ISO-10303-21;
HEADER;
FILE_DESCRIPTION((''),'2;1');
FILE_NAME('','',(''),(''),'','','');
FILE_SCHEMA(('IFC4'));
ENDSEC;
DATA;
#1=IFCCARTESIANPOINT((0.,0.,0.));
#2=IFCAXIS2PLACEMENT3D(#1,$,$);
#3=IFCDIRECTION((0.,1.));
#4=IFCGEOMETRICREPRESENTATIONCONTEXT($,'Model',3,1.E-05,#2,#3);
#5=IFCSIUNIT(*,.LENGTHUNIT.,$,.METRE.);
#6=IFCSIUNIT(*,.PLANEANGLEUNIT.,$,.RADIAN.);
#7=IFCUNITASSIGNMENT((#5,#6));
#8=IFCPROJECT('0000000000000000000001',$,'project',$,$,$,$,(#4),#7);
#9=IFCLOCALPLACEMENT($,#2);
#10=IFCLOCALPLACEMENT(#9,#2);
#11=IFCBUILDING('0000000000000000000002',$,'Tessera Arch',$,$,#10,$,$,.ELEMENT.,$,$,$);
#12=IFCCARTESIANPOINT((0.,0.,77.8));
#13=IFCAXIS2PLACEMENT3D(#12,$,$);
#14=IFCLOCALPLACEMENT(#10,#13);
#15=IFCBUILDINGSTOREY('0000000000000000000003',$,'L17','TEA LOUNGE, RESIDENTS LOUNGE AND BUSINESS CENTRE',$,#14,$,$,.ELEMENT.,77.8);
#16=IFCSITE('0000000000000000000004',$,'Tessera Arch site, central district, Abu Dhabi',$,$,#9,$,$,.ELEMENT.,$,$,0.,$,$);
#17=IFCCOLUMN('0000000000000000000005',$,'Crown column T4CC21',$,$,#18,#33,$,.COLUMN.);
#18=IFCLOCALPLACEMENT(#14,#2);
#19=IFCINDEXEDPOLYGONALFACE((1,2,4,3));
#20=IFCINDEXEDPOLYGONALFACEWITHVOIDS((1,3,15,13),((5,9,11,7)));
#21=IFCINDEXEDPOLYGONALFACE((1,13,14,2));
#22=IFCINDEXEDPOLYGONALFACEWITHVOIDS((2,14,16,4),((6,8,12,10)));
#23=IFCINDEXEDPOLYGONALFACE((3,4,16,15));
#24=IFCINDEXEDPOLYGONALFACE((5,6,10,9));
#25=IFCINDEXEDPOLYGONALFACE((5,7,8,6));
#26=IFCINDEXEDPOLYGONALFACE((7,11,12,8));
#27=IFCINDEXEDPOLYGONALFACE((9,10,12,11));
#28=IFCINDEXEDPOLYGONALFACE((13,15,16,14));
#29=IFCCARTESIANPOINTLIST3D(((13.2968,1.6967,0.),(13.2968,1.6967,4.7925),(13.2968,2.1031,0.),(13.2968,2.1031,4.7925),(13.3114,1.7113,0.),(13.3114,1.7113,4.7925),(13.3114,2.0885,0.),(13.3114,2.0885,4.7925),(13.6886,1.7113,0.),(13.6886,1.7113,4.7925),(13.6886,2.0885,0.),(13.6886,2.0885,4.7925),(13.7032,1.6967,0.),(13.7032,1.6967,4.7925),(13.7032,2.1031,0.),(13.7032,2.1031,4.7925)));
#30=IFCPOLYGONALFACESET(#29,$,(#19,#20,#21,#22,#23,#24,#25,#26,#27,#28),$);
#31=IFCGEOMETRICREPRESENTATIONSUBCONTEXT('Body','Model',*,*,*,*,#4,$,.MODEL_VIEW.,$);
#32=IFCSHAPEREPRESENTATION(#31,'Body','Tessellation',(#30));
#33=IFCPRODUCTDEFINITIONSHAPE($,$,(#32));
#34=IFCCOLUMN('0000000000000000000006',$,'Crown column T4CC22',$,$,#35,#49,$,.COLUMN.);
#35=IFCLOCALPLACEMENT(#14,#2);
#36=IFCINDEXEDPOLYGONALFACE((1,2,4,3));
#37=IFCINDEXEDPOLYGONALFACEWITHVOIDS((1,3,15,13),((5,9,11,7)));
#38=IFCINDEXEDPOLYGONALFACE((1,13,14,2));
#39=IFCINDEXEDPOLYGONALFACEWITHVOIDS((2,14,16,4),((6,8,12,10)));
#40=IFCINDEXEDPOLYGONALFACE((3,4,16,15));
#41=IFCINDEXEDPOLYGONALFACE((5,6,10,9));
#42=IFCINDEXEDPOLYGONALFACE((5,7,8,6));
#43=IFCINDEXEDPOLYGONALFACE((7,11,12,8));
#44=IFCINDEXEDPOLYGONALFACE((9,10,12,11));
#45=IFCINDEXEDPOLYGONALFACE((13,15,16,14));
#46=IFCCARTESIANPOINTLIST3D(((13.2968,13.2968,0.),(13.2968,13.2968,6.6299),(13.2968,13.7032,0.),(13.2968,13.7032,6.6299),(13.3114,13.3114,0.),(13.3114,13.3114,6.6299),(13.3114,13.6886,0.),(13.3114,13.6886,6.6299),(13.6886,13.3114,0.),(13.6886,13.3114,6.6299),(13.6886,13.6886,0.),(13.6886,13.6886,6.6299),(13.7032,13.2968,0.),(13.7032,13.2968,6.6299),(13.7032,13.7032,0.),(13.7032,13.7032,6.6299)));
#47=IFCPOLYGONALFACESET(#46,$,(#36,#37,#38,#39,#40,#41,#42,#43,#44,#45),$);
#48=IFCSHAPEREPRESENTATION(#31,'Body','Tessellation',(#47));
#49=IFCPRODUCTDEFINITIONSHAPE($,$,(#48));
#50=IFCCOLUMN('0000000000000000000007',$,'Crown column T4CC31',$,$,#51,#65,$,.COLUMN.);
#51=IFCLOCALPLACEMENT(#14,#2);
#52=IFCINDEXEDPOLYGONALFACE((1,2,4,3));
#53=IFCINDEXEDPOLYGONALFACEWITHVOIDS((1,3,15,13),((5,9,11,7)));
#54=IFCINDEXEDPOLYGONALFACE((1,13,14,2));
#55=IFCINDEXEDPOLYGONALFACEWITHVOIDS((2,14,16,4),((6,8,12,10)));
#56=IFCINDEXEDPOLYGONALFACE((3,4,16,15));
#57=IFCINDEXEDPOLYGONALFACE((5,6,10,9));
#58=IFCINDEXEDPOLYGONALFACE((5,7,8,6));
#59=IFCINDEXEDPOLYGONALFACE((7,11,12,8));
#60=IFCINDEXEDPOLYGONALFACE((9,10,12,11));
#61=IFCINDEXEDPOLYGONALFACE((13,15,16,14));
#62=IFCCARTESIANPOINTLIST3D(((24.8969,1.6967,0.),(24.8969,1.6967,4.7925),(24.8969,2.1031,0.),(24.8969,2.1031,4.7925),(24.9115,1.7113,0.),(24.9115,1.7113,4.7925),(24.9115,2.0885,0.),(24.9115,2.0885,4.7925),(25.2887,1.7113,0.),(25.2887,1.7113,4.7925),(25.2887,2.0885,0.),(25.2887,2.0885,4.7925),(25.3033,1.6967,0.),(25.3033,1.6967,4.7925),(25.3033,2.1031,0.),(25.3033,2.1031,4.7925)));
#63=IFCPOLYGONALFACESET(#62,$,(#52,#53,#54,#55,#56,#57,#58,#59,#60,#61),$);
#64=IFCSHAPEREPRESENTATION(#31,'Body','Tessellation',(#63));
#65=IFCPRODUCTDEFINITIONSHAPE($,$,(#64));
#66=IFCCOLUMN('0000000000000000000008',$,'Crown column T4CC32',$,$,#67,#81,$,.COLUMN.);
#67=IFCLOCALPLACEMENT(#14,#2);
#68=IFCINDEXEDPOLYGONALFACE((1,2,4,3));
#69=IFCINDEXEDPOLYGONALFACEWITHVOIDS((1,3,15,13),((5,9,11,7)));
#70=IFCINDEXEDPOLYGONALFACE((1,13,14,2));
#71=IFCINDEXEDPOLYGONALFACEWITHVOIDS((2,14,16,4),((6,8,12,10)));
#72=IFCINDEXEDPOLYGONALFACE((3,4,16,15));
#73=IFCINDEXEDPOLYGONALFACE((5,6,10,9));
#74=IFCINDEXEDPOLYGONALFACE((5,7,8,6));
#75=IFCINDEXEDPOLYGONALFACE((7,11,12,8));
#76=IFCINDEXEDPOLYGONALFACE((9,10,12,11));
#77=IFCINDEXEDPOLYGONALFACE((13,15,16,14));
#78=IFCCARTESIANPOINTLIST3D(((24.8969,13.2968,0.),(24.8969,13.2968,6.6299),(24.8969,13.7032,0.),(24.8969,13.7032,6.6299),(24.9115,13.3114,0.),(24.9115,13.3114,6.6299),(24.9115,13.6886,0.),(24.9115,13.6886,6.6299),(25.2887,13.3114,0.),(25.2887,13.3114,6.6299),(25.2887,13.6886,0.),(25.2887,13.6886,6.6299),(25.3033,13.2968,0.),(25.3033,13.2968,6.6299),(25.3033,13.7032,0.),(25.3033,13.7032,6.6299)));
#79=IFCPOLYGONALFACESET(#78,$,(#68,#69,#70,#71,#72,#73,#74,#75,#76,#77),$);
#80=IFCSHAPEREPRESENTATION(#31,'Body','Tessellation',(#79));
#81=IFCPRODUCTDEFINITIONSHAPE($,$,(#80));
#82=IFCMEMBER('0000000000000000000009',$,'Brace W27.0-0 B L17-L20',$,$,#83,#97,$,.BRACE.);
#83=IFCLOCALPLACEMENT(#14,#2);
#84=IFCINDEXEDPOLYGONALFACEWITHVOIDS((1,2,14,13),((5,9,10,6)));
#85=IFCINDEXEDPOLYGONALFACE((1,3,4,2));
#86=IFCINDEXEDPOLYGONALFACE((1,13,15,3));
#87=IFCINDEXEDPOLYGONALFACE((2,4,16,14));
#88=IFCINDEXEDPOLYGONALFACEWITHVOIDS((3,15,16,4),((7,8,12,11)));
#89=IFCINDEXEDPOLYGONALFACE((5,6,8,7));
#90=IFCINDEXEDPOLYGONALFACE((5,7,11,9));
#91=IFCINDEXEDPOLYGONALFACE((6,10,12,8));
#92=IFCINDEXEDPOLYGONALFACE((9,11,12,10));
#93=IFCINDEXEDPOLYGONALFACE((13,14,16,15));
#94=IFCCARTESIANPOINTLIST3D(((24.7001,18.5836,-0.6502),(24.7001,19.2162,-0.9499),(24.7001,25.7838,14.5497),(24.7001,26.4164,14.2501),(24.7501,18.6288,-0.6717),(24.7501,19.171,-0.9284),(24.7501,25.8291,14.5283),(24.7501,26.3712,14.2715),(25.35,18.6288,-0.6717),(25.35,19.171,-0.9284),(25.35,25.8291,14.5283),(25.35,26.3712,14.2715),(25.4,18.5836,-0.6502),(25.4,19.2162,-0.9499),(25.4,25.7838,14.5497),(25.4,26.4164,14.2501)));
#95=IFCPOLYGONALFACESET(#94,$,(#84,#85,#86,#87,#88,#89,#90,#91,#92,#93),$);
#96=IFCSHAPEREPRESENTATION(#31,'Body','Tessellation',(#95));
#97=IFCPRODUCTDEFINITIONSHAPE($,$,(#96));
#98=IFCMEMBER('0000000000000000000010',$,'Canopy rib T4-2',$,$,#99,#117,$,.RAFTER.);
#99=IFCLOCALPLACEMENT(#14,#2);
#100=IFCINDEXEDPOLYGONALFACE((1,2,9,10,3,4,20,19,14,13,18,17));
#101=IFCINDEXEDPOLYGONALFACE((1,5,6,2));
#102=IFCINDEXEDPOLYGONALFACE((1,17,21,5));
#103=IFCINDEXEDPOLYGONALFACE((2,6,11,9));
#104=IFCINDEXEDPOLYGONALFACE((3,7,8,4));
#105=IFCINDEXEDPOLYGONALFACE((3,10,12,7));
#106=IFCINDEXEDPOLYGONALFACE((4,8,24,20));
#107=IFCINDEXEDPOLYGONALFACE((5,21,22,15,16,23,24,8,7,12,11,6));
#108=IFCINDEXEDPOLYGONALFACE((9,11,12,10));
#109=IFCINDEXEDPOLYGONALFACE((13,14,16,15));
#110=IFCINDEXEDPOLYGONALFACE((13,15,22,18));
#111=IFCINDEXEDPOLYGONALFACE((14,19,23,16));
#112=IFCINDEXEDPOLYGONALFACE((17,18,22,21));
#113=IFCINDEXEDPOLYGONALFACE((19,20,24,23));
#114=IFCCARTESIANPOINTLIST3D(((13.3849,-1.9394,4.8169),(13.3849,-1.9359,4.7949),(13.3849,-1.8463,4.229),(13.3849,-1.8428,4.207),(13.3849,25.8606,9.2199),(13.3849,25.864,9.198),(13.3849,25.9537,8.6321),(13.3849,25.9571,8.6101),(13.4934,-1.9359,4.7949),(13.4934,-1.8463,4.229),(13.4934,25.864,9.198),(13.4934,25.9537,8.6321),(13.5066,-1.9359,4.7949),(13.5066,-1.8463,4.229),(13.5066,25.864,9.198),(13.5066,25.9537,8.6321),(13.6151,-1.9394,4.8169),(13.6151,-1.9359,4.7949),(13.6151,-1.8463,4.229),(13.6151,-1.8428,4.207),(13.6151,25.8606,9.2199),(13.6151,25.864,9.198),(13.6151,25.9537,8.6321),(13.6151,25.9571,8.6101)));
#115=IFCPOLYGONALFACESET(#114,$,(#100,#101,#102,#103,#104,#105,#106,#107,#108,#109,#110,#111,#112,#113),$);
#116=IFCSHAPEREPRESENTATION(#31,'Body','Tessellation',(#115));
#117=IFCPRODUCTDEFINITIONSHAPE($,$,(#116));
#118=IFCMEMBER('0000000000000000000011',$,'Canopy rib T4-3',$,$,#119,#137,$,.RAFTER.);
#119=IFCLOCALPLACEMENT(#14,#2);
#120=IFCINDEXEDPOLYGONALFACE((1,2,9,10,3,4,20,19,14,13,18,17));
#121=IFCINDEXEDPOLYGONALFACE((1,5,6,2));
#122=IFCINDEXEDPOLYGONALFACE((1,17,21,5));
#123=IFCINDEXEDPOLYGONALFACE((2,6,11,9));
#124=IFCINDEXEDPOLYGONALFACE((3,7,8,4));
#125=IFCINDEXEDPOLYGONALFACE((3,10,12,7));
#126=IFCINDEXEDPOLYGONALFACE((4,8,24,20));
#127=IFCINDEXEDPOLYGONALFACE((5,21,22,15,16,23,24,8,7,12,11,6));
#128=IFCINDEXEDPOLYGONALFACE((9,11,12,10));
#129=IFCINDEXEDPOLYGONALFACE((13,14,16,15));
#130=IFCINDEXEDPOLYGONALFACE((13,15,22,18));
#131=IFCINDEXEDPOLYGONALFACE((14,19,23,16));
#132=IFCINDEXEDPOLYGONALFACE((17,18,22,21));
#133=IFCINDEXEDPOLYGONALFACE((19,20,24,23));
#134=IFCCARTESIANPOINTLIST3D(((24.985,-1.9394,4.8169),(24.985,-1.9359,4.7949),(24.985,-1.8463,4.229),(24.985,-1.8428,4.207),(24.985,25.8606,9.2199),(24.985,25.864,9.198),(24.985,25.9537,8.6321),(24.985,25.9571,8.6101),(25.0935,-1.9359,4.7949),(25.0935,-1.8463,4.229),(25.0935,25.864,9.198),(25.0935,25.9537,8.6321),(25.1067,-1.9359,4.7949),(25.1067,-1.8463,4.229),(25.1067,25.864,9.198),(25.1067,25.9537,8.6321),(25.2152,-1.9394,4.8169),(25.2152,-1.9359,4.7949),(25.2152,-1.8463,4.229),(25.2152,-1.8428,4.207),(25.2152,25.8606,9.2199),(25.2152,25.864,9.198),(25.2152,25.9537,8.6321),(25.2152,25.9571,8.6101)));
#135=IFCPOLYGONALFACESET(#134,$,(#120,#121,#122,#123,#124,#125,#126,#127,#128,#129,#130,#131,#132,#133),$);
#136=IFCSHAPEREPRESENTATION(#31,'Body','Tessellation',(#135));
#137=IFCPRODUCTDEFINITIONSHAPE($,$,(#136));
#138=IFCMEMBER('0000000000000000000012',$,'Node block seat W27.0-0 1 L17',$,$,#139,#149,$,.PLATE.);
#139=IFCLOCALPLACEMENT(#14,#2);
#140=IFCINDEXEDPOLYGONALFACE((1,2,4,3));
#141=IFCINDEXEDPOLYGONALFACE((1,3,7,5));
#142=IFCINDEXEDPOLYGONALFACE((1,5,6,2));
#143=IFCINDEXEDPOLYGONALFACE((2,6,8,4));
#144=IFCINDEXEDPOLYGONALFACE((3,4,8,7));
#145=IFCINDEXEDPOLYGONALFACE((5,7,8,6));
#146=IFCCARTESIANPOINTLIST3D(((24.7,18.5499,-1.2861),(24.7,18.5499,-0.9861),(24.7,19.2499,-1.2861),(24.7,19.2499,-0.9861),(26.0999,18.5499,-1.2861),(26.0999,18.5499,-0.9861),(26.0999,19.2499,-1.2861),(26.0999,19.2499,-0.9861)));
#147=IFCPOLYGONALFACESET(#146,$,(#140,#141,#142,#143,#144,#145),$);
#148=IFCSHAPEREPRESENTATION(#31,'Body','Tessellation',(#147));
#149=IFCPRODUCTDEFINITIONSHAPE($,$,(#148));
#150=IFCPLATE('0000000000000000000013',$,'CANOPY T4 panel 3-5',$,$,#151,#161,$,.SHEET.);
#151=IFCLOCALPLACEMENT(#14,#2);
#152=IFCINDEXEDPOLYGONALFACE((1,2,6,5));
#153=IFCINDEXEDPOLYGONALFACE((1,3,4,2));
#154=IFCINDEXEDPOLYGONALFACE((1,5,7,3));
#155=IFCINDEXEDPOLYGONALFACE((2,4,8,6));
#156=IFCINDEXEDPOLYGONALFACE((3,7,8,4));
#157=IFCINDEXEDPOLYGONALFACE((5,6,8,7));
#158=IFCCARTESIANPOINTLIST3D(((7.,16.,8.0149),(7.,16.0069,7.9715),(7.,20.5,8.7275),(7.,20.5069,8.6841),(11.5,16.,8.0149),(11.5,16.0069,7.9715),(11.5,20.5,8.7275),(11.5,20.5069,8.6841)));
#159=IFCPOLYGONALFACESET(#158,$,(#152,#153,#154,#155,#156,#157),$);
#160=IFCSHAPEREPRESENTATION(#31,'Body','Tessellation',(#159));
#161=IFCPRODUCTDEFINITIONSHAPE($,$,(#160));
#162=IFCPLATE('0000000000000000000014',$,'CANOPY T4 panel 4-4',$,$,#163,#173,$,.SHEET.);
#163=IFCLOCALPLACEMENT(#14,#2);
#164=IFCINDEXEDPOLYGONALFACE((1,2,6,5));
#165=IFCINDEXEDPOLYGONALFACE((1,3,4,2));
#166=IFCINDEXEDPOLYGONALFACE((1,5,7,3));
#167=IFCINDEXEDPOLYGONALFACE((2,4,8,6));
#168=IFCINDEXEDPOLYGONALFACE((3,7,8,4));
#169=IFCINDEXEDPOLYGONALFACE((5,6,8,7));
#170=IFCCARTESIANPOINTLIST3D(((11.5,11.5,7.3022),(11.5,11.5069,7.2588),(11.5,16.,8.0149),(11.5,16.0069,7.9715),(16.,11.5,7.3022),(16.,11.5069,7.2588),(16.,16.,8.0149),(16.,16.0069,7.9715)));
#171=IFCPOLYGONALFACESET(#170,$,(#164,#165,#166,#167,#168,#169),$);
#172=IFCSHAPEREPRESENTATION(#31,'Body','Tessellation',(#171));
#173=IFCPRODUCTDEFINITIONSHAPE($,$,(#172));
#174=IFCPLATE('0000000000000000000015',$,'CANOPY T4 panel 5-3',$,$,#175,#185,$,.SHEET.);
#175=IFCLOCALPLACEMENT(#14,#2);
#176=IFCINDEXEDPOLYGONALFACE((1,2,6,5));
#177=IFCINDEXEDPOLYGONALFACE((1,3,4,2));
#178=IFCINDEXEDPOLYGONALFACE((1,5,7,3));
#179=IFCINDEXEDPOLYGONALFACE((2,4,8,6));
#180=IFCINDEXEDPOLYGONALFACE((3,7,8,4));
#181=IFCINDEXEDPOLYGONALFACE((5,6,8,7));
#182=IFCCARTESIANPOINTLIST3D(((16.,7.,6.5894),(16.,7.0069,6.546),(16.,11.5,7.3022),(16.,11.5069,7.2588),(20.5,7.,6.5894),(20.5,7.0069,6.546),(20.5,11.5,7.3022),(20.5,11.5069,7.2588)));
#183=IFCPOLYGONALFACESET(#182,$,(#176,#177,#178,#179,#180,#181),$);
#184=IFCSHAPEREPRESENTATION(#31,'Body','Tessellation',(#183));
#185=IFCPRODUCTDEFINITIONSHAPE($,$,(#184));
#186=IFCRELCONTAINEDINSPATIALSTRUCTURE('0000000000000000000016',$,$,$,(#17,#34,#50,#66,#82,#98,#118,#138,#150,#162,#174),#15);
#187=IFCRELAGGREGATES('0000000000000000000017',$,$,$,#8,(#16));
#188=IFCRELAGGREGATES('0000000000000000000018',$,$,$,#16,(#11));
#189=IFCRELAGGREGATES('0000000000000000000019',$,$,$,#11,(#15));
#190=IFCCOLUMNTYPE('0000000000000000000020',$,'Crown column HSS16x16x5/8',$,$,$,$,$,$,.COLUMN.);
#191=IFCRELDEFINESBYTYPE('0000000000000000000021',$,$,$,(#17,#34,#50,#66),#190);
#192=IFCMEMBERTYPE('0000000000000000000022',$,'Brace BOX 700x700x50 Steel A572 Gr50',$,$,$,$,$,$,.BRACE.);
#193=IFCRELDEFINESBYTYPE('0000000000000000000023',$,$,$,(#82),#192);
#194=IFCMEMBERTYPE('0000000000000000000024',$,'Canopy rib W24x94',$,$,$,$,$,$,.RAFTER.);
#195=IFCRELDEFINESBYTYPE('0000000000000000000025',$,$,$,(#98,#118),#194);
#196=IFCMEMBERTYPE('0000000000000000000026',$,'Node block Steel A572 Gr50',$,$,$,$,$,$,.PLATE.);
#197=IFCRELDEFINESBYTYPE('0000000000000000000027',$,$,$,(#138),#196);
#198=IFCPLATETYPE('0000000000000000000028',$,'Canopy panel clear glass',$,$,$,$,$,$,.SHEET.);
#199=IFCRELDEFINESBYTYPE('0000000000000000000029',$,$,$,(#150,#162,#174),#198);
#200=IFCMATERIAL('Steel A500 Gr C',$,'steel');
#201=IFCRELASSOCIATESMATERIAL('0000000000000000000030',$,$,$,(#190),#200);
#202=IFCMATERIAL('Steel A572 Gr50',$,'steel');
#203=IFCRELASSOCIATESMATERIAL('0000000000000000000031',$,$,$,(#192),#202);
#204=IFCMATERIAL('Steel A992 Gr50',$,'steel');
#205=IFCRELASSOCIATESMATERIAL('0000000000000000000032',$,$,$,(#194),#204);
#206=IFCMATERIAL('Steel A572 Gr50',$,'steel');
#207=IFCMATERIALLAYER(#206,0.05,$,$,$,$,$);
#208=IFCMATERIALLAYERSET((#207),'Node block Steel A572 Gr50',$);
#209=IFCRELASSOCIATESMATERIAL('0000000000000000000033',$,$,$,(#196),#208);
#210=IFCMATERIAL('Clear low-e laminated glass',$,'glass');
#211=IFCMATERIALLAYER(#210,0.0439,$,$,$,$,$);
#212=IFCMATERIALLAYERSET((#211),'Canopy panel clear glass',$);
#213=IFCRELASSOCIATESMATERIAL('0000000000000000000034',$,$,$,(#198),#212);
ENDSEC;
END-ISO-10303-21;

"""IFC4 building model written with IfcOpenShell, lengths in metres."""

from ifc_helpers import new_model, si_unit, direction, frame, origin, origin_2d, place, context, subcontext, project, spatial, polyline, rectangle, hollow_rectangle, i_section, outline, extrude, material, layer, layer_set, material_profile, profile_set, type_object, element, save


model = new_model("IFC4")

# Units and contexts
model_context = context("Model", 3, precision=1e-05, world=origin(), true_north=direction((0.0, 1.0)))
body_context = subcontext(model_context, "Body", "Model", "MODEL_VIEW")
ifc_project = project(units=[si_unit("LENGTHUNIT", "METRE"), si_unit("PLANEANGLEUNIT", "RADIAN")], contexts=[model_context])

# Site, building, storey
site_placement = place(None, origin())
site = spatial("IfcSite", under=ifc_project, at=site_placement, Name="Tessera Arch site, central district, Abu Dhabi", CompositionType="ELEMENT", RefElevation=0.0)
building_placement = place(site_placement, origin())
building = spatial("IfcBuilding", under=site, at=building_placement, Name="Tessera Arch", CompositionType="ELEMENT")
storey_placement = place(building_placement, frame((0.0, 0.0, 77.8)))
storey = spatial("IfcBuildingStorey", under=building, at=storey_placement, Name="L17", Description="TEA LOUNGE, RESIDENTS LOUNGE AND BUSINESS CENTRE", CompositionType="ELEMENT", Elevation=77.8)

# Columns
ifc_material_1 = material(Name="Steel A500 Gr C", Category="steel")
ifc_material_profile_1 = material_profile(ifc_material_1, hollow_rectangle(XDim=0.4065, YDim=0.4065, WallThickness=0.0146, at=origin_2d()), Name="HSS16x16x5/8")
ifc_profile_set_1 = profile_set([ifc_material_profile_1], Name="Steel A500 Gr C")
column_type = type_object("IfcColumnType", Name="Crown column HSS16x16x5/8", PredefinedType="COLUMN", material=ifc_profile_set_1)
column_1_placement = place(storey_placement, frame((13.5, 1.8999, 0.0), z_axis=(0.0, 0.0, 1.0), x_axis=(1.0, 0.0, 0.0)))
element("IfcColumn", 1, at=column_1_placement, inside=storey, type_object=column_type, Name="Crown column T4CC21", PredefinedType="COLUMN", context=body_context, shape_type="SweptSolid", body=[
    extrude(hollow_rectangle(XDim=0.4065, YDim=0.4065, WallThickness=0.0146, at=origin_2d()), origin(), (0.0, 0.0, 1.0), 4.7925),
])
column_2_placement = place(storey_placement, frame((13.5, 13.5, 0.0), z_axis=(0.0, 0.0, 1.0), x_axis=(1.0, 0.0, 0.0)))
element("IfcColumn", 2, at=column_2_placement, inside=storey, type_object=column_type, Name="Crown column T4CC22", PredefinedType="COLUMN", context=body_context, shape_type="SweptSolid", body=[
    extrude(hollow_rectangle(XDim=0.4065, YDim=0.4065, WallThickness=0.0146, at=origin_2d()), origin(), (0.0, 0.0, 1.0), 6.6299),
])
column_3_placement = place(storey_placement, frame((25.1001, 1.8999, 0.0), z_axis=(0.0, 0.0, 1.0), x_axis=(1.0, 0.0, 0.0)))
element("IfcColumn", 3, at=column_3_placement, inside=storey, type_object=column_type, Name="Crown column T4CC31", PredefinedType="COLUMN", context=body_context, shape_type="SweptSolid", body=[
    extrude(hollow_rectangle(XDim=0.4065, YDim=0.4065, WallThickness=0.0146, at=origin_2d()), origin(), (0.0, 0.0, 1.0), 4.7925),
])
column_4_placement = place(storey_placement, frame((25.1001, 13.5, 0.0), z_axis=(0.0, 0.0, 1.0), x_axis=(1.0, 0.0, 0.0)))
element("IfcColumn", 4, at=column_4_placement, inside=storey, type_object=column_type, Name="Crown column T4CC32", PredefinedType="COLUMN", context=body_context, shape_type="SweptSolid", body=[
    extrude(hollow_rectangle(XDim=0.4065, YDim=0.4065, WallThickness=0.0146, at=origin_2d()), origin(), (0.0, 0.0, 1.0), 6.6299),
])

# Members
ifc_material_2 = material(Name="Steel A572 Gr50", Category="steel")
ifc_material_profile_2 = material_profile(ifc_material_2, hollow_rectangle(XDim=0.7, YDim=0.7, WallThickness=0.05, at=origin_2d()), Name="BOX 700x700x50")
ifc_profile_set_2 = profile_set([ifc_material_profile_2], Name="Steel A572 Gr50")
member_type_1 = type_object("IfcMemberType", Name="Brace BOX 700x700x50 Steel A572 Gr50", PredefinedType="BRACE", material=ifc_profile_set_2)
member_1_placement = place(storey_placement, frame((25.05, 18.8999, -0.8), z_axis=(0.0, 0.428097, 0.903733), x_axis=(-1.0, 0.0, 0.0)))
element("IfcMember", 5, at=member_1_placement, inside=storey, type_object=member_type_1, Name="Brace W27.0-0 B L17-L20", PredefinedType="BRACE", context=body_context, shape_type="SweptSolid", body=[
    extrude(hollow_rectangle(XDim=0.7, YDim=0.7, WallThickness=0.05, at=origin_2d()), origin(), (0.0, 0.0, 1.0), 16.8191),
])
ifc_material_3 = material(Name="Steel A992 Gr50", Category="steel")
ifc_material_profile_3 = material_profile(ifc_material_3, i_section(OverallWidth=0.2302, OverallDepth=0.6174, WebThickness=0.0132, FlangeThickness=0.0222, at=origin_2d()), Name="W24x94")
ifc_profile_set_3 = profile_set([ifc_material_profile_3], Name="Steel A992 Gr50")
member_type_2 = type_object("IfcMemberType", Name="Canopy rib W24x94", PredefinedType="RAFTER", material=ifc_profile_set_3)
for number, where, z_axis, x_axis, name in (
    (6, (13.5, -1.8911, 4.512), (0.0, 0.987688, 0.156434), (-1.0, 0.0, 0.0), "Canopy rib T4-2"),
    (7, (25.1001, -1.8911, 4.512), (0.0, 0.987688, 0.156434), (-1.0, 0.0, 0.0), "Canopy rib T4-3"),
):
    element("IfcMember", number, at=place(storey_placement, frame(where, z_axis=z_axis, x_axis=x_axis)), inside=storey, type_object=member_type_2, Name=name, PredefinedType="RAFTER", context=body_context, shape_type="SweptSolid", body=[
        extrude(i_section(OverallWidth=0.2302, OverallDepth=0.6174, WebThickness=0.0132, FlangeThickness=0.0222, at=origin_2d()), origin(), (0.0, 0.0, 1.0), 28.1465),
    ])
ifc_material_4 = material(Name="Steel A572 Gr50", Category="steel")
ifc_layer_1 = layer(ifc_material_4, 0.05)
ifc_layer_set_1 = layer_set([ifc_layer_1], Name="Node block Steel A572 Gr50")
member_type_3 = type_object("IfcMemberType", Name="Node block Steel A572 Gr50", PredefinedType="PLATE", material=ifc_layer_set_1)
member_2_placement = place(storey_placement, frame((25.3999, 18.8999, -1.2861), z_axis=(0.0, 0.0, 1.0), x_axis=(0.0, -1.0, 0.0)))
element("IfcMember", 8, at=member_2_placement, inside=storey, type_object=member_type_3, Name="Node block seat W27.0-0 1 L17", PredefinedType="PLATE", context=body_context, shape_type="SweptSolid", body=[
    extrude(rectangle(XDim=0.7, YDim=1.3999, at=origin_2d()), origin(), (0.0, 0.0, 1.0), 0.3),
])

# Plates
ifc_material_5 = material(Name="Clear low-e laminated glass", Category="glass")
ifc_layer_2 = layer(ifc_material_5, 0.0439)
ifc_layer_set_2 = layer_set([ifc_layer_2], Name="Canopy panel clear glass")
plate_type_1 = type_object("IfcPlateType", Name="Canopy panel clear glass", PredefinedType="SHEET", material=ifc_layer_set_2)
for number, where, z_axis, x_axis, name in (
    (9, (11.5, 16.0, 8.0149), (0.0, -0.156417, 0.987691), (0.0, 0.987691, 0.156417), "CANOPY T4 panel 3-5"),
    (10, (16.0, 11.5, 7.3022), (0.0, -0.156417, 0.987691), (0.0, 0.987691, 0.156417), "CANOPY T4 panel 4-4"),
):
    element("IfcPlate", number, at=place(storey_placement, frame(where, z_axis=z_axis, x_axis=x_axis)), inside=storey, type_object=plate_type_1, Name=name, PredefinedType="SHEET", context=body_context, shape_type="SweptSolid", body=[
        extrude(outline(polyline([(0.0, 0.0), (4.5561, 0.0), (4.5561, 4.5), (0.0, 4.5), (0.0, 0.0)])), origin(), (0.0, 0.0, -1.0), 0.0439),
    ])
plate_1_placement = place(storey_placement, frame((20.5, 7.0, 6.5894), z_axis=(0.0, -0.156469, 0.987683), x_axis=(0.0, 0.987683, 0.156469)))
element("IfcPlate", 11, at=plate_1_placement, inside=storey, type_object=plate_type_1, Name="CANOPY T4 panel 5-3", PredefinedType="SHEET", context=body_context, shape_type="SweptSolid", body=[
    extrude(outline(polyline([(0.0, 0.0), (4.5561, 0.0), (4.5561, 4.5), (0.0, 4.5), (0.0, 0.0)])), origin(), (0.0, 0.0, -1.0), 0.0439),
])

save(model, "model.ifc")
